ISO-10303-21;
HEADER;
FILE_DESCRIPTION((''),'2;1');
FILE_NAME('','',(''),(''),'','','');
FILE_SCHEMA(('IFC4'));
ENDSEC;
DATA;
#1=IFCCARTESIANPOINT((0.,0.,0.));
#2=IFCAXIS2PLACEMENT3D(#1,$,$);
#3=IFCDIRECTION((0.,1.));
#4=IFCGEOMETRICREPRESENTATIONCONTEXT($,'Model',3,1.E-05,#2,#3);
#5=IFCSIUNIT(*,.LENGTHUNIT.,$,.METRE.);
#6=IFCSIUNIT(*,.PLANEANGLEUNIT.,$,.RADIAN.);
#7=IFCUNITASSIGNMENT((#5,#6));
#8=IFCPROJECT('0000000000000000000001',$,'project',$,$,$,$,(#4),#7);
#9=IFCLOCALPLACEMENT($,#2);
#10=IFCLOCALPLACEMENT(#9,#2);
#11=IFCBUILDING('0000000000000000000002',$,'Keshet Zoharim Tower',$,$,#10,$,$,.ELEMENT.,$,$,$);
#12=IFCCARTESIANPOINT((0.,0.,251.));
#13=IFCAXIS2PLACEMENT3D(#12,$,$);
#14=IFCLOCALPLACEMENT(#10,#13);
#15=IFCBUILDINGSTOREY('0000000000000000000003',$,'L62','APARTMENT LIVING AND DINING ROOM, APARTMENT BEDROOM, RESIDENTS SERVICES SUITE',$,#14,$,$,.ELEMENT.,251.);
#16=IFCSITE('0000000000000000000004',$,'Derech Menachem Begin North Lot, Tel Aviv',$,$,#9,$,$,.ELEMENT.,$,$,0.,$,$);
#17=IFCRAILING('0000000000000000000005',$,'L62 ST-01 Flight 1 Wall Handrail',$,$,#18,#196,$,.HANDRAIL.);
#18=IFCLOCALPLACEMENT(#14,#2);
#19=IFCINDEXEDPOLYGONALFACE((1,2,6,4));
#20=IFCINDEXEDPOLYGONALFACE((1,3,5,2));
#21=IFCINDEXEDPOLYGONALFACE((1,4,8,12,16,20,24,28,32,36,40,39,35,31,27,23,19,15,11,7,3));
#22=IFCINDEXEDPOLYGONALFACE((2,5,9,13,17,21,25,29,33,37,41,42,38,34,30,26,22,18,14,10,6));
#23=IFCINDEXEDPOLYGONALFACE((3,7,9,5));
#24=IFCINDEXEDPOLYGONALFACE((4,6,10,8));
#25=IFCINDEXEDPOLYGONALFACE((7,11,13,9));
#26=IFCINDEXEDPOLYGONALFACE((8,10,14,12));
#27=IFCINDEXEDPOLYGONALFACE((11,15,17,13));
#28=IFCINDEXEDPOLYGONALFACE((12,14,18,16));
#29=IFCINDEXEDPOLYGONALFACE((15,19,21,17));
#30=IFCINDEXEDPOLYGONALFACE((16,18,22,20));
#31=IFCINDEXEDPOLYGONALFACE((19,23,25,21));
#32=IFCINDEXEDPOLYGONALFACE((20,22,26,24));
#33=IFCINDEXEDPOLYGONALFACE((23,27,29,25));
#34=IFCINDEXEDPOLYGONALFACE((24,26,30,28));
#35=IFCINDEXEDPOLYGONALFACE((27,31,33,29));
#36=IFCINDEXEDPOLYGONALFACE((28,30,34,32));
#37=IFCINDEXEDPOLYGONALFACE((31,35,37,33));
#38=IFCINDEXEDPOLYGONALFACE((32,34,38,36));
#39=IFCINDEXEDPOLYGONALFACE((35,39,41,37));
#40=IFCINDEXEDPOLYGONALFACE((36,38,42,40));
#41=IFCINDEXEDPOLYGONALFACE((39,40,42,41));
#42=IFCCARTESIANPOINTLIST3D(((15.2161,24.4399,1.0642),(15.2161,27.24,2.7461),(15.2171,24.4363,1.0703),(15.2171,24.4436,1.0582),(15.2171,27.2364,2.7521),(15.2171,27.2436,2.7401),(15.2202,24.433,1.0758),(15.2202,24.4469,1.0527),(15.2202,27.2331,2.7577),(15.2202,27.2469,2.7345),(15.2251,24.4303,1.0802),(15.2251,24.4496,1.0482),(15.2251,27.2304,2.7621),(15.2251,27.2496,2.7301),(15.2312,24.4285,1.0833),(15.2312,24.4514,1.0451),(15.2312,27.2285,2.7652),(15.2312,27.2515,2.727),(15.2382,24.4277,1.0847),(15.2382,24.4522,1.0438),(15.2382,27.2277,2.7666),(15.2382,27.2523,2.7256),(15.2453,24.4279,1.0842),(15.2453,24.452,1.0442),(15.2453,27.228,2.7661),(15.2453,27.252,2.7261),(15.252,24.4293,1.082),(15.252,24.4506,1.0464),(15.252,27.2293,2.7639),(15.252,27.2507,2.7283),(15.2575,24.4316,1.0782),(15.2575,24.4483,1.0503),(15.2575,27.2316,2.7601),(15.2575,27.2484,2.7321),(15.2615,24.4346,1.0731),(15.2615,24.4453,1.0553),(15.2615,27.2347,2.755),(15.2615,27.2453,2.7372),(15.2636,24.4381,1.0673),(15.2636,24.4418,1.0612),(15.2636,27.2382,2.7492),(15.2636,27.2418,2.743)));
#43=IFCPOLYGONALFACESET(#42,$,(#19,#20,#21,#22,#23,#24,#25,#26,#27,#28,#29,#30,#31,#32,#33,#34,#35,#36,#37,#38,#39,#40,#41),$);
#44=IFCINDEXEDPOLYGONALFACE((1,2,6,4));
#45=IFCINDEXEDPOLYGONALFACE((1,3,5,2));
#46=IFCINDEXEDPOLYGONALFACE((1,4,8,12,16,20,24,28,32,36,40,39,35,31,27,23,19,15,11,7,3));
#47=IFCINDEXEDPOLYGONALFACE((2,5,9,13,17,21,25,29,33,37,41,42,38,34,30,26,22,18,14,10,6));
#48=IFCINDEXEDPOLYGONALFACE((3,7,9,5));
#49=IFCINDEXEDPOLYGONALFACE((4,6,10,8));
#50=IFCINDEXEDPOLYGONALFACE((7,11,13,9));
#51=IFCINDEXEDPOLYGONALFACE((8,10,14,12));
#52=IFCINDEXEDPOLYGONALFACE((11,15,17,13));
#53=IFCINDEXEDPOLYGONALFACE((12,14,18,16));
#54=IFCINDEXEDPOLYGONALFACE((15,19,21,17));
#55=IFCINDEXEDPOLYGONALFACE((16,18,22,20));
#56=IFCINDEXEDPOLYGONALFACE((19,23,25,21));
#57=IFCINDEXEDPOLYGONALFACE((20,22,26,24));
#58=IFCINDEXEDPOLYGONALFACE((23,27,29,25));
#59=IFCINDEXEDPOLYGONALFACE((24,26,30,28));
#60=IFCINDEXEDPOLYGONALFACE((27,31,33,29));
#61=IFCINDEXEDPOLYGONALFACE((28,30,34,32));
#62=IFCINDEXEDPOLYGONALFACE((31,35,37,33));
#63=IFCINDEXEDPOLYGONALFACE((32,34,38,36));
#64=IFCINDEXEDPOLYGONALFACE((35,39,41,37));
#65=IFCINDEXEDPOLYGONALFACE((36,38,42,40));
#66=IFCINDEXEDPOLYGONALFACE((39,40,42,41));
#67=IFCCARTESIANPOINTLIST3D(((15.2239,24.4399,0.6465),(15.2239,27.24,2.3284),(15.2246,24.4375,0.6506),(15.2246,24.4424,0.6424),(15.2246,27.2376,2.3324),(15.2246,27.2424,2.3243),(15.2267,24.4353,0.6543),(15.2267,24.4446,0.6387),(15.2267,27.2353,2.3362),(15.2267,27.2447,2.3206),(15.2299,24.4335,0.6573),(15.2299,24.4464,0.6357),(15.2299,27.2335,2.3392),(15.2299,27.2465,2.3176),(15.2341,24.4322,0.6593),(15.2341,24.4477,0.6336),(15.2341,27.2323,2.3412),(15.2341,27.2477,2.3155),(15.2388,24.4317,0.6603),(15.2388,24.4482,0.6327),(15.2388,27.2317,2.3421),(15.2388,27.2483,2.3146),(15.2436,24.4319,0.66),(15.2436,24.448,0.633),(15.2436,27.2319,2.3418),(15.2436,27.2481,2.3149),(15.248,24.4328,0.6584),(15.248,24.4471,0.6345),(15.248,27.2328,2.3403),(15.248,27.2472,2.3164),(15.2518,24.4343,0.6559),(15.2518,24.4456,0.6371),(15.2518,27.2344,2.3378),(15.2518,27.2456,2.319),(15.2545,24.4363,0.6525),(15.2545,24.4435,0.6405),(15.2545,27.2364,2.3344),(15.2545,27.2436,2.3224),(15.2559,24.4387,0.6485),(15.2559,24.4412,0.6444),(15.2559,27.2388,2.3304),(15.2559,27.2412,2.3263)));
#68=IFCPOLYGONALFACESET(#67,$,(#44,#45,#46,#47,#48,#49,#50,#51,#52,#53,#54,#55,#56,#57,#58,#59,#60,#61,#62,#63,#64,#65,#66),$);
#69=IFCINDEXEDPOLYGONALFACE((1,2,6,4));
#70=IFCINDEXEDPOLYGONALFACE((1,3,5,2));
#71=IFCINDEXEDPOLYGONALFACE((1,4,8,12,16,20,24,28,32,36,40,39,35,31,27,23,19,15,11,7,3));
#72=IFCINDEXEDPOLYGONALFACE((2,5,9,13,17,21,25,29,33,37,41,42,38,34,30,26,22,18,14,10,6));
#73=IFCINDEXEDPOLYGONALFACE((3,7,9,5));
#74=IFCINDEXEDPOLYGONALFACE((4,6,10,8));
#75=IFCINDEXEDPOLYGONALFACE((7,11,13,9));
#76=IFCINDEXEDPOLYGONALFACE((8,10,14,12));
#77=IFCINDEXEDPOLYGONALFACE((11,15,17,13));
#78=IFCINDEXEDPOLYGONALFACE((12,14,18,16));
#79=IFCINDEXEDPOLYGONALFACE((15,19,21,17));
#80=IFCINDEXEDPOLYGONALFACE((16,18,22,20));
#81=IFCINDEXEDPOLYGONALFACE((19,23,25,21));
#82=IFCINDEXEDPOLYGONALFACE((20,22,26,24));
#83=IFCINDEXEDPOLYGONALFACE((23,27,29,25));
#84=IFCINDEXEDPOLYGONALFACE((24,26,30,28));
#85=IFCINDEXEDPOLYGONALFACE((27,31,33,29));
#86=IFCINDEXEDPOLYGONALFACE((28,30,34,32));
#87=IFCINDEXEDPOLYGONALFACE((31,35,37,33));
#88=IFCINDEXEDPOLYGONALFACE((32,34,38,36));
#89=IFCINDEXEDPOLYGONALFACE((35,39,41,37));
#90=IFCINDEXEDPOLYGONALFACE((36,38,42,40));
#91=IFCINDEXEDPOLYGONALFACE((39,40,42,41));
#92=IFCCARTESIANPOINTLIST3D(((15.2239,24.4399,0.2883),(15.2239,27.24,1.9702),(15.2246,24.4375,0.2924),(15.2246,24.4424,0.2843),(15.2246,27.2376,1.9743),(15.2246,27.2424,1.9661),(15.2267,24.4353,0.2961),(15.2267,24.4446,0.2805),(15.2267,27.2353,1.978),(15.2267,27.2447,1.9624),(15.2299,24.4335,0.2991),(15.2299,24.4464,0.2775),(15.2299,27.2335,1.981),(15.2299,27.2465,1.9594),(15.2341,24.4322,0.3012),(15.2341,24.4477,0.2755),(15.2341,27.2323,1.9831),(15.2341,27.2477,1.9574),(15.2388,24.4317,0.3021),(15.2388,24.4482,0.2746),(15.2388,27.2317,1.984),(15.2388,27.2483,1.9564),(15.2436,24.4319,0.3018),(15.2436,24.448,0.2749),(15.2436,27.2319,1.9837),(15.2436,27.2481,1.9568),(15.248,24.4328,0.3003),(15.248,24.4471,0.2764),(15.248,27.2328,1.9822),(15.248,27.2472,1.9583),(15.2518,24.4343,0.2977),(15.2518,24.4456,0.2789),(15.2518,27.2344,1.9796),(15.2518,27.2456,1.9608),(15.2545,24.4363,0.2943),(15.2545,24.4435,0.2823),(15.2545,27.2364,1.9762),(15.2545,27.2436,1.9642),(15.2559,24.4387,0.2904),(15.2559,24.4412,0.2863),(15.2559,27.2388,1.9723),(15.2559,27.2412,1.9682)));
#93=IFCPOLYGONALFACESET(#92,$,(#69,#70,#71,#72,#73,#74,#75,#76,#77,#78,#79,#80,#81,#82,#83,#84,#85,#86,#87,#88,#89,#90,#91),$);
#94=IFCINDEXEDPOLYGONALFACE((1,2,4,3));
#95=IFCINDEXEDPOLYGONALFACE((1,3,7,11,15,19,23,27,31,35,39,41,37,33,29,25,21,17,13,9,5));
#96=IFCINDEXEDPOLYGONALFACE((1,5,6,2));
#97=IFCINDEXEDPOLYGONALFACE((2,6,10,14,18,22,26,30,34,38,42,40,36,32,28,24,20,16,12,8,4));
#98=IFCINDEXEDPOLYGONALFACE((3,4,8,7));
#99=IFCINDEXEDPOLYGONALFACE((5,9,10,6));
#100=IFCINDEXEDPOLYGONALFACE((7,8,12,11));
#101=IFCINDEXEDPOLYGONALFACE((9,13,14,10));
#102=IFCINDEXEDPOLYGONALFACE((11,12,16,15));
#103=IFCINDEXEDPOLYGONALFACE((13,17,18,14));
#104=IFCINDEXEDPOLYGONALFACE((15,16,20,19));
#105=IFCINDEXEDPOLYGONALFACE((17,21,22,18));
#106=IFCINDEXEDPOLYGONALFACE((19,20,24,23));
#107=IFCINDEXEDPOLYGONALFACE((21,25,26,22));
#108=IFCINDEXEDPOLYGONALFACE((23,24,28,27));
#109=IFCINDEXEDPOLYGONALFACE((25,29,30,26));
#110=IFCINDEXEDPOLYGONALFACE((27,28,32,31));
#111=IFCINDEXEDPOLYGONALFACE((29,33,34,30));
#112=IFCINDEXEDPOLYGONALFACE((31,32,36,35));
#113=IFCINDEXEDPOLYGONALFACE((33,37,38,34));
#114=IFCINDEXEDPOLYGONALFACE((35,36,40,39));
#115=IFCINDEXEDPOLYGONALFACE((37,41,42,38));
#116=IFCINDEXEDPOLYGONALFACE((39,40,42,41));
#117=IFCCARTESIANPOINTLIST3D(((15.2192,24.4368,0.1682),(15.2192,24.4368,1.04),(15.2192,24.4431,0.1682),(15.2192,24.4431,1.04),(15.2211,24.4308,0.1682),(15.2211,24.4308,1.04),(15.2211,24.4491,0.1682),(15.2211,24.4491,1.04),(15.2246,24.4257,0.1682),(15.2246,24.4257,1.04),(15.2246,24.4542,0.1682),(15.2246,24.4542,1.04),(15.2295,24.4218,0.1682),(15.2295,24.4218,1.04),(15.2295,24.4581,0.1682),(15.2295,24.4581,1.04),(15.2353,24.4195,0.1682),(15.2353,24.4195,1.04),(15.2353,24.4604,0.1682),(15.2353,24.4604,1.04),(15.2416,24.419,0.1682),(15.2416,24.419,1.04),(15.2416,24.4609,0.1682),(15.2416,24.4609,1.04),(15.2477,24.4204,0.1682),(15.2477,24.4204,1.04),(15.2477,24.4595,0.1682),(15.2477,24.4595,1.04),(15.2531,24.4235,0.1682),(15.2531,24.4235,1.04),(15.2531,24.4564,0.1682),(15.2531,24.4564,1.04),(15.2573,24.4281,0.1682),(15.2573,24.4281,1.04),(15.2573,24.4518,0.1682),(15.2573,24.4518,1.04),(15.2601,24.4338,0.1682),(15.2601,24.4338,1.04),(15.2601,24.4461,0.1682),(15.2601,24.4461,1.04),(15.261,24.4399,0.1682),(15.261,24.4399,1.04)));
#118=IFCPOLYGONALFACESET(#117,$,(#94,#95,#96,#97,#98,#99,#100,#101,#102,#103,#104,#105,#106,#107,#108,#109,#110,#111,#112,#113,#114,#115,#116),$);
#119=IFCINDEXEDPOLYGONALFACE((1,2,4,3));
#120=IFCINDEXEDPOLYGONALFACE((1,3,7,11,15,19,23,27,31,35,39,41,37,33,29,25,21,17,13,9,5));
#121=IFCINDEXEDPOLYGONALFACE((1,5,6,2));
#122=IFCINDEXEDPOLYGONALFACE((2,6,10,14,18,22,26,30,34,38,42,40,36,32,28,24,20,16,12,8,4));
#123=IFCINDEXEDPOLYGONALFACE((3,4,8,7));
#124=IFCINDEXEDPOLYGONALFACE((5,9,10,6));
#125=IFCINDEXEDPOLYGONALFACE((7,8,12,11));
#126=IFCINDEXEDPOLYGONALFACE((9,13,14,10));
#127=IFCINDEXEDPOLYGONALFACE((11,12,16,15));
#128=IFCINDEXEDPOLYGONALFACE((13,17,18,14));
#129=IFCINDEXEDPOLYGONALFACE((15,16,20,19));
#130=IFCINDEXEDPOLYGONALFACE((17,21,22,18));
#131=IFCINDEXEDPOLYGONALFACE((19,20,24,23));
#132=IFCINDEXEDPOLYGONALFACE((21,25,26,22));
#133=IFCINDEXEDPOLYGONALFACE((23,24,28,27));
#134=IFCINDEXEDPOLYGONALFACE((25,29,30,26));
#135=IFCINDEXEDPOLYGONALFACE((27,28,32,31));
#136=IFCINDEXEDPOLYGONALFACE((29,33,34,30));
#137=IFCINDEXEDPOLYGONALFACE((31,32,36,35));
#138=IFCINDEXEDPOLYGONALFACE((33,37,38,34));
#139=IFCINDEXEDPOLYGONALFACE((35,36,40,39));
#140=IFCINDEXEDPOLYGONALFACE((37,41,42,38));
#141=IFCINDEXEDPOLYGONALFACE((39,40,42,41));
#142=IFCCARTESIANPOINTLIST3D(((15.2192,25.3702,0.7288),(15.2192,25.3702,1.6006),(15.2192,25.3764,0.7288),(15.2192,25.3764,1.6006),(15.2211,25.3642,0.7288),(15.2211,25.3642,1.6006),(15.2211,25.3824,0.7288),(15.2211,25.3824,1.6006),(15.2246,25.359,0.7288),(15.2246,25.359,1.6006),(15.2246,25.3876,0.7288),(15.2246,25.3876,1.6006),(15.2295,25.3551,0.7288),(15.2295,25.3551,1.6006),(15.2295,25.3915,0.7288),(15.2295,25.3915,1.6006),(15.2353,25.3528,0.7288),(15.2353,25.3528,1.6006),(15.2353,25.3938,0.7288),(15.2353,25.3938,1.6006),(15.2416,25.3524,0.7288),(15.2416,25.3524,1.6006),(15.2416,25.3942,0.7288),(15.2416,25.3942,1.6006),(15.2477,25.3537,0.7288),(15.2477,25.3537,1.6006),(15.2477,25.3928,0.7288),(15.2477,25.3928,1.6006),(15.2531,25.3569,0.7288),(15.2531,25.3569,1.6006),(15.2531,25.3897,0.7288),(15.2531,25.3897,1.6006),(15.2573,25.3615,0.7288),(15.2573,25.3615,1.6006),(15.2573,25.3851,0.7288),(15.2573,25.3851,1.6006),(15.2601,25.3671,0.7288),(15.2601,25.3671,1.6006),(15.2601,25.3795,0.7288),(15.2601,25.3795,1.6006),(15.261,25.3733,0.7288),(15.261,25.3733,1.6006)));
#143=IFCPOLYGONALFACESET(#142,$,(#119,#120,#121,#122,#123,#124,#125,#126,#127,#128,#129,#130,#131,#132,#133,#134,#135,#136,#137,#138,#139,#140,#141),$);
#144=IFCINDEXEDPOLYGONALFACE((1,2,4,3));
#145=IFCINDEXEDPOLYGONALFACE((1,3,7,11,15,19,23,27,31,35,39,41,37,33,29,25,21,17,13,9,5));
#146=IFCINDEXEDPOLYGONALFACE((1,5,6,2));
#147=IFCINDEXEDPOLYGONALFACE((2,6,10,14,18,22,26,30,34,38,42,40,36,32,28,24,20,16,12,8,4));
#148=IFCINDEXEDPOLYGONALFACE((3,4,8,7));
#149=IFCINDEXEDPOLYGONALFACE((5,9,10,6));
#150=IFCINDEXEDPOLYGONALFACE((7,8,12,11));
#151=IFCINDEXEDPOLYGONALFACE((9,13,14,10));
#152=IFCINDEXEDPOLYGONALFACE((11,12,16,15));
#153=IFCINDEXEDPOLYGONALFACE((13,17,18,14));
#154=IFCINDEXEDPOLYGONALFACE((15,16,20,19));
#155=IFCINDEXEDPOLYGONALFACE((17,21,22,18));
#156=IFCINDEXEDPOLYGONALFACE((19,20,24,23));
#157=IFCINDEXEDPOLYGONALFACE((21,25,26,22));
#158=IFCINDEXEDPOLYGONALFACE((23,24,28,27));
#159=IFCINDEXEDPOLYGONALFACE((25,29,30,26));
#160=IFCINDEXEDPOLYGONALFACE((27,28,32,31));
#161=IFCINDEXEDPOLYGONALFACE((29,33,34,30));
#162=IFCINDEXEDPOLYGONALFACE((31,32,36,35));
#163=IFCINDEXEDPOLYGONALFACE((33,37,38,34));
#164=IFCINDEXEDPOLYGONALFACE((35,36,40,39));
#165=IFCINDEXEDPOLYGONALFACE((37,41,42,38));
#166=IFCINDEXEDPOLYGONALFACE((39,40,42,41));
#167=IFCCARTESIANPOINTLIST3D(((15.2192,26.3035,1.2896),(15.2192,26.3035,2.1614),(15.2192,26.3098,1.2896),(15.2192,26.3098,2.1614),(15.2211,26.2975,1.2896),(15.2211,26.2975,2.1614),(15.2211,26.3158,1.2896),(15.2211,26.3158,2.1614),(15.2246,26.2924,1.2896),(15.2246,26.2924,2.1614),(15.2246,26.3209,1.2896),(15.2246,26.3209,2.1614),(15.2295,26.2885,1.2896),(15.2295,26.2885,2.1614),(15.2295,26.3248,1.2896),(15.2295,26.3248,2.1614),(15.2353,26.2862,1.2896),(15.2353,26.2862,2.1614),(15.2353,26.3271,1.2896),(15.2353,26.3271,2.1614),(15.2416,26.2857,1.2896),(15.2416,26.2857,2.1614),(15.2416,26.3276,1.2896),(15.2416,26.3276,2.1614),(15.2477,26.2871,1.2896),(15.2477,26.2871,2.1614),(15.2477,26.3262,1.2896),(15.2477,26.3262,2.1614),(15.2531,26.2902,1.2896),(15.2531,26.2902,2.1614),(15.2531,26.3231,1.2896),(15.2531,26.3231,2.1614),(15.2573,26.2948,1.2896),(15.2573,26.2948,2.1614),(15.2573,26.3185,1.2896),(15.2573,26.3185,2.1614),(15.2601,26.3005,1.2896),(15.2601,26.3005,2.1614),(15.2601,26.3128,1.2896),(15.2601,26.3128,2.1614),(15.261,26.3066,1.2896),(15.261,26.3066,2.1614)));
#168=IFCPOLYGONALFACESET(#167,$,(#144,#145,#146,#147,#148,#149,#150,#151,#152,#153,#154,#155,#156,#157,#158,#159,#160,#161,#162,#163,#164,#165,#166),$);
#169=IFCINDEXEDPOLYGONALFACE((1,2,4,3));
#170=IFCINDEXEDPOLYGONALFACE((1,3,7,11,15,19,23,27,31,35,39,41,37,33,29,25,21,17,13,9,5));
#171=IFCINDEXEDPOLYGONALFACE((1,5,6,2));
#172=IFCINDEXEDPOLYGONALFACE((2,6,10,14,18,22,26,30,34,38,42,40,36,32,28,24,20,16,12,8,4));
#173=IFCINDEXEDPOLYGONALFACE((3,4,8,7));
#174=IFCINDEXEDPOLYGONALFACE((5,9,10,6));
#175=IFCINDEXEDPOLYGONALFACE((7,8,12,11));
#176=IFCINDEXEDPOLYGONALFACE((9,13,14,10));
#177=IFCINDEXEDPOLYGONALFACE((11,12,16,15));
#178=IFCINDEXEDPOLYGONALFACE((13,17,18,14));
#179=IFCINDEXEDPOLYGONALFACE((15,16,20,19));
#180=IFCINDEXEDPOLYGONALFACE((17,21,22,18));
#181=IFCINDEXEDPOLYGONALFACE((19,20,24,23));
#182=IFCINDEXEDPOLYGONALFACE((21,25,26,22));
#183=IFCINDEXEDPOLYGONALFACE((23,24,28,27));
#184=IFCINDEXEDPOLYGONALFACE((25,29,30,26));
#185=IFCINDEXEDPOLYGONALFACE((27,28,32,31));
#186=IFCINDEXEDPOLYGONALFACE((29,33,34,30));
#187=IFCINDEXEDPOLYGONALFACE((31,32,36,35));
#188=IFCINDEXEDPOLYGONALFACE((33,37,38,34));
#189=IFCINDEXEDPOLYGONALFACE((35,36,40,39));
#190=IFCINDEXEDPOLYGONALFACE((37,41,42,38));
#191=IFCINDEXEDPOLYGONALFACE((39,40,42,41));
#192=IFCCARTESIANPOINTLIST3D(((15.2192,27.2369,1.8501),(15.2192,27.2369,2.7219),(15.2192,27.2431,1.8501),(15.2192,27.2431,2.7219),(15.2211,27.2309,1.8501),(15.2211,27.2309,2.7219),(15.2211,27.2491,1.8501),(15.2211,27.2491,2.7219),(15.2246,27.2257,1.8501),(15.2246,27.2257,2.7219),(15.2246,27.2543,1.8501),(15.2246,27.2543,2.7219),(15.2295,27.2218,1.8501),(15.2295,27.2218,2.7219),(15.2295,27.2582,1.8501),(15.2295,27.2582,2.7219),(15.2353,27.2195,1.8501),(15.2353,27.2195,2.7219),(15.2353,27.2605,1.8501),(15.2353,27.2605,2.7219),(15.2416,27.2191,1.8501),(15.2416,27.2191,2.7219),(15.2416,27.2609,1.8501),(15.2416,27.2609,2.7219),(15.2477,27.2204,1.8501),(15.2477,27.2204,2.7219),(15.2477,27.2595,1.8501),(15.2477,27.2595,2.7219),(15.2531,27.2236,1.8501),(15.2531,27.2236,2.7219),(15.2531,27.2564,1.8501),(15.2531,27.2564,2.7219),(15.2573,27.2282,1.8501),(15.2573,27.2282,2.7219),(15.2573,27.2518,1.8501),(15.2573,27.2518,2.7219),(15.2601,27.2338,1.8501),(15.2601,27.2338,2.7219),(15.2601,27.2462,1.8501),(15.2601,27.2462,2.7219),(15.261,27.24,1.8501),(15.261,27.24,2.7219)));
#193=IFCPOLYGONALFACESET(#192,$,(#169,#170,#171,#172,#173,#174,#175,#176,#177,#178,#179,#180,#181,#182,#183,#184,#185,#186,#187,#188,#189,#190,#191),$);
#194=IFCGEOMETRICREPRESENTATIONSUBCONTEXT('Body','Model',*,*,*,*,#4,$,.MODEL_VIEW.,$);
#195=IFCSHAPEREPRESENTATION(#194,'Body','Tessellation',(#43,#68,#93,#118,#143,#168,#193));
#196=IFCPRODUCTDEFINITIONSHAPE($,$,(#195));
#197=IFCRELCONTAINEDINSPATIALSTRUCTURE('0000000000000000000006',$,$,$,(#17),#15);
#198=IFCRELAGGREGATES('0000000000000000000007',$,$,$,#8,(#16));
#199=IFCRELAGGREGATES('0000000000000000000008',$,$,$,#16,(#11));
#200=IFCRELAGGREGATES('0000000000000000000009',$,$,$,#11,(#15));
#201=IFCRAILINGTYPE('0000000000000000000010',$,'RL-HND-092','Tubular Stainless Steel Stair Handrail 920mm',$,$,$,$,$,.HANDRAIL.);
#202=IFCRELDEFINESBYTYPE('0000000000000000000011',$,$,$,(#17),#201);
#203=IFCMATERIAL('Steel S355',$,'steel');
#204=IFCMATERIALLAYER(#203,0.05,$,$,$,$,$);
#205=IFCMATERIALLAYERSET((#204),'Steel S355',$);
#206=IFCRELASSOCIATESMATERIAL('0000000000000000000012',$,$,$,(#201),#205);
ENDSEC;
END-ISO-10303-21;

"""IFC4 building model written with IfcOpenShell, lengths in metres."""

from ifc_helpers import new_model, si_unit, direction, frame, origin, origin_2d, place, context, subcontext, project, spatial, circle, extrude, material, layer, layer_set, type_object, element, save


model = new_model("IFC4")

# Units and contexts
model_context = context("Model", 3, precision=1e-05, world=origin(), true_north=direction((0.0, 1.0)))
body_context = subcontext(model_context, "Body", "Model", "MODEL_VIEW")
ifc_project = project(units=[si_unit("LENGTHUNIT", "METRE"), si_unit("PLANEANGLEUNIT", "RADIAN")], contexts=[model_context])

# Site, building, storey
site_placement = place(None, origin())
site = spatial("IfcSite", under=ifc_project, at=site_placement, Name="Derech Menachem Begin North Lot, Tel Aviv", CompositionType="ELEMENT", RefElevation=0.0)
building_placement = place(site_placement, origin())
building = spatial("IfcBuilding", under=site, at=building_placement, Name="Keshet Zoharim Tower", CompositionType="ELEMENT")
storey_placement = place(building_placement, frame((0.0, 0.0, 251.0)))
storey = spatial("IfcBuildingStorey", under=building, at=storey_placement, Name="L62", Description="APARTMENT LIVING AND DINING ROOM, APARTMENT BEDROOM, RESIDENTS SERVICES SUITE", CompositionType="ELEMENT", Elevation=251.0)

# Shared definitions
ifc_material_1 = material(Name="Steel S355", Category="steel")

# Railing
ifc_layer_1 = layer(ifc_material_1, 0.05)
ifc_layer_set_1 = layer_set([ifc_layer_1], Name="Steel S355")
railing_type_1 = type_object("IfcRailingType", Name="RL-HND-092", Description="Tubular Stainless Steel Stair Handrail 920mm", PredefinedType="HANDRAIL", material=ifc_layer_set_1)
railing_1_placement = place(storey_placement, frame((15.24, 24.4399, 0.1682)))
element("IfcRailing", 1, at=railing_1_placement, inside=storey, type_object=railing_type_1, Name="L62 ST-01 Flight 1 Wall Handrail", PredefinedType="HANDRAIL", context=body_context, shape_type="SweptSolid", body=[
    extrude(circle(Radius=0.0239, at=origin_2d()), frame((0.0, 0.0, 0.896), z_axis=(0.0, 0.857242, 0.514913), x_axis=(-1.0, 0.0, 0.0)), (0.0, 0.0, 1.0), 3.2664),
    extrude(circle(Radius=0.0161, at=origin_2d()), frame((0.0, 0.0, 0.4783), z_axis=(0.0, 0.857242, 0.514913), x_axis=(-1.0, 0.0, 0.0)), (0.0, 0.0, 1.0), 3.2664),
    extrude(circle(Radius=0.0161, at=origin_2d()), frame((0.0, 0.0, 0.1201), z_axis=(0.0, 0.857242, 0.514913), x_axis=(-1.0, 0.0, 0.0)), (0.0, 0.0, 1.0), 3.2664),
    extrude(circle(Radius=0.021, at=origin_2d()), origin(), (0.0, 0.0, 1.0), 0.8718),
    extrude(circle(Radius=0.021, at=origin_2d()), frame((0.0, 0.9333, 0.5605)), (0.0, 0.0, 1.0), 0.8718),
    extrude(circle(Radius=0.021, at=origin_2d()), frame((0.0, 1.8667, 1.1213)), (0.0, 0.0, 1.0), 0.8718),
    extrude(circle(Radius=0.021, at=origin_2d()), frame((0.0, 2.8, 1.6819)), (0.0, 0.0, 1.0), 0.8718),
])

save(model, "model.ifc")
